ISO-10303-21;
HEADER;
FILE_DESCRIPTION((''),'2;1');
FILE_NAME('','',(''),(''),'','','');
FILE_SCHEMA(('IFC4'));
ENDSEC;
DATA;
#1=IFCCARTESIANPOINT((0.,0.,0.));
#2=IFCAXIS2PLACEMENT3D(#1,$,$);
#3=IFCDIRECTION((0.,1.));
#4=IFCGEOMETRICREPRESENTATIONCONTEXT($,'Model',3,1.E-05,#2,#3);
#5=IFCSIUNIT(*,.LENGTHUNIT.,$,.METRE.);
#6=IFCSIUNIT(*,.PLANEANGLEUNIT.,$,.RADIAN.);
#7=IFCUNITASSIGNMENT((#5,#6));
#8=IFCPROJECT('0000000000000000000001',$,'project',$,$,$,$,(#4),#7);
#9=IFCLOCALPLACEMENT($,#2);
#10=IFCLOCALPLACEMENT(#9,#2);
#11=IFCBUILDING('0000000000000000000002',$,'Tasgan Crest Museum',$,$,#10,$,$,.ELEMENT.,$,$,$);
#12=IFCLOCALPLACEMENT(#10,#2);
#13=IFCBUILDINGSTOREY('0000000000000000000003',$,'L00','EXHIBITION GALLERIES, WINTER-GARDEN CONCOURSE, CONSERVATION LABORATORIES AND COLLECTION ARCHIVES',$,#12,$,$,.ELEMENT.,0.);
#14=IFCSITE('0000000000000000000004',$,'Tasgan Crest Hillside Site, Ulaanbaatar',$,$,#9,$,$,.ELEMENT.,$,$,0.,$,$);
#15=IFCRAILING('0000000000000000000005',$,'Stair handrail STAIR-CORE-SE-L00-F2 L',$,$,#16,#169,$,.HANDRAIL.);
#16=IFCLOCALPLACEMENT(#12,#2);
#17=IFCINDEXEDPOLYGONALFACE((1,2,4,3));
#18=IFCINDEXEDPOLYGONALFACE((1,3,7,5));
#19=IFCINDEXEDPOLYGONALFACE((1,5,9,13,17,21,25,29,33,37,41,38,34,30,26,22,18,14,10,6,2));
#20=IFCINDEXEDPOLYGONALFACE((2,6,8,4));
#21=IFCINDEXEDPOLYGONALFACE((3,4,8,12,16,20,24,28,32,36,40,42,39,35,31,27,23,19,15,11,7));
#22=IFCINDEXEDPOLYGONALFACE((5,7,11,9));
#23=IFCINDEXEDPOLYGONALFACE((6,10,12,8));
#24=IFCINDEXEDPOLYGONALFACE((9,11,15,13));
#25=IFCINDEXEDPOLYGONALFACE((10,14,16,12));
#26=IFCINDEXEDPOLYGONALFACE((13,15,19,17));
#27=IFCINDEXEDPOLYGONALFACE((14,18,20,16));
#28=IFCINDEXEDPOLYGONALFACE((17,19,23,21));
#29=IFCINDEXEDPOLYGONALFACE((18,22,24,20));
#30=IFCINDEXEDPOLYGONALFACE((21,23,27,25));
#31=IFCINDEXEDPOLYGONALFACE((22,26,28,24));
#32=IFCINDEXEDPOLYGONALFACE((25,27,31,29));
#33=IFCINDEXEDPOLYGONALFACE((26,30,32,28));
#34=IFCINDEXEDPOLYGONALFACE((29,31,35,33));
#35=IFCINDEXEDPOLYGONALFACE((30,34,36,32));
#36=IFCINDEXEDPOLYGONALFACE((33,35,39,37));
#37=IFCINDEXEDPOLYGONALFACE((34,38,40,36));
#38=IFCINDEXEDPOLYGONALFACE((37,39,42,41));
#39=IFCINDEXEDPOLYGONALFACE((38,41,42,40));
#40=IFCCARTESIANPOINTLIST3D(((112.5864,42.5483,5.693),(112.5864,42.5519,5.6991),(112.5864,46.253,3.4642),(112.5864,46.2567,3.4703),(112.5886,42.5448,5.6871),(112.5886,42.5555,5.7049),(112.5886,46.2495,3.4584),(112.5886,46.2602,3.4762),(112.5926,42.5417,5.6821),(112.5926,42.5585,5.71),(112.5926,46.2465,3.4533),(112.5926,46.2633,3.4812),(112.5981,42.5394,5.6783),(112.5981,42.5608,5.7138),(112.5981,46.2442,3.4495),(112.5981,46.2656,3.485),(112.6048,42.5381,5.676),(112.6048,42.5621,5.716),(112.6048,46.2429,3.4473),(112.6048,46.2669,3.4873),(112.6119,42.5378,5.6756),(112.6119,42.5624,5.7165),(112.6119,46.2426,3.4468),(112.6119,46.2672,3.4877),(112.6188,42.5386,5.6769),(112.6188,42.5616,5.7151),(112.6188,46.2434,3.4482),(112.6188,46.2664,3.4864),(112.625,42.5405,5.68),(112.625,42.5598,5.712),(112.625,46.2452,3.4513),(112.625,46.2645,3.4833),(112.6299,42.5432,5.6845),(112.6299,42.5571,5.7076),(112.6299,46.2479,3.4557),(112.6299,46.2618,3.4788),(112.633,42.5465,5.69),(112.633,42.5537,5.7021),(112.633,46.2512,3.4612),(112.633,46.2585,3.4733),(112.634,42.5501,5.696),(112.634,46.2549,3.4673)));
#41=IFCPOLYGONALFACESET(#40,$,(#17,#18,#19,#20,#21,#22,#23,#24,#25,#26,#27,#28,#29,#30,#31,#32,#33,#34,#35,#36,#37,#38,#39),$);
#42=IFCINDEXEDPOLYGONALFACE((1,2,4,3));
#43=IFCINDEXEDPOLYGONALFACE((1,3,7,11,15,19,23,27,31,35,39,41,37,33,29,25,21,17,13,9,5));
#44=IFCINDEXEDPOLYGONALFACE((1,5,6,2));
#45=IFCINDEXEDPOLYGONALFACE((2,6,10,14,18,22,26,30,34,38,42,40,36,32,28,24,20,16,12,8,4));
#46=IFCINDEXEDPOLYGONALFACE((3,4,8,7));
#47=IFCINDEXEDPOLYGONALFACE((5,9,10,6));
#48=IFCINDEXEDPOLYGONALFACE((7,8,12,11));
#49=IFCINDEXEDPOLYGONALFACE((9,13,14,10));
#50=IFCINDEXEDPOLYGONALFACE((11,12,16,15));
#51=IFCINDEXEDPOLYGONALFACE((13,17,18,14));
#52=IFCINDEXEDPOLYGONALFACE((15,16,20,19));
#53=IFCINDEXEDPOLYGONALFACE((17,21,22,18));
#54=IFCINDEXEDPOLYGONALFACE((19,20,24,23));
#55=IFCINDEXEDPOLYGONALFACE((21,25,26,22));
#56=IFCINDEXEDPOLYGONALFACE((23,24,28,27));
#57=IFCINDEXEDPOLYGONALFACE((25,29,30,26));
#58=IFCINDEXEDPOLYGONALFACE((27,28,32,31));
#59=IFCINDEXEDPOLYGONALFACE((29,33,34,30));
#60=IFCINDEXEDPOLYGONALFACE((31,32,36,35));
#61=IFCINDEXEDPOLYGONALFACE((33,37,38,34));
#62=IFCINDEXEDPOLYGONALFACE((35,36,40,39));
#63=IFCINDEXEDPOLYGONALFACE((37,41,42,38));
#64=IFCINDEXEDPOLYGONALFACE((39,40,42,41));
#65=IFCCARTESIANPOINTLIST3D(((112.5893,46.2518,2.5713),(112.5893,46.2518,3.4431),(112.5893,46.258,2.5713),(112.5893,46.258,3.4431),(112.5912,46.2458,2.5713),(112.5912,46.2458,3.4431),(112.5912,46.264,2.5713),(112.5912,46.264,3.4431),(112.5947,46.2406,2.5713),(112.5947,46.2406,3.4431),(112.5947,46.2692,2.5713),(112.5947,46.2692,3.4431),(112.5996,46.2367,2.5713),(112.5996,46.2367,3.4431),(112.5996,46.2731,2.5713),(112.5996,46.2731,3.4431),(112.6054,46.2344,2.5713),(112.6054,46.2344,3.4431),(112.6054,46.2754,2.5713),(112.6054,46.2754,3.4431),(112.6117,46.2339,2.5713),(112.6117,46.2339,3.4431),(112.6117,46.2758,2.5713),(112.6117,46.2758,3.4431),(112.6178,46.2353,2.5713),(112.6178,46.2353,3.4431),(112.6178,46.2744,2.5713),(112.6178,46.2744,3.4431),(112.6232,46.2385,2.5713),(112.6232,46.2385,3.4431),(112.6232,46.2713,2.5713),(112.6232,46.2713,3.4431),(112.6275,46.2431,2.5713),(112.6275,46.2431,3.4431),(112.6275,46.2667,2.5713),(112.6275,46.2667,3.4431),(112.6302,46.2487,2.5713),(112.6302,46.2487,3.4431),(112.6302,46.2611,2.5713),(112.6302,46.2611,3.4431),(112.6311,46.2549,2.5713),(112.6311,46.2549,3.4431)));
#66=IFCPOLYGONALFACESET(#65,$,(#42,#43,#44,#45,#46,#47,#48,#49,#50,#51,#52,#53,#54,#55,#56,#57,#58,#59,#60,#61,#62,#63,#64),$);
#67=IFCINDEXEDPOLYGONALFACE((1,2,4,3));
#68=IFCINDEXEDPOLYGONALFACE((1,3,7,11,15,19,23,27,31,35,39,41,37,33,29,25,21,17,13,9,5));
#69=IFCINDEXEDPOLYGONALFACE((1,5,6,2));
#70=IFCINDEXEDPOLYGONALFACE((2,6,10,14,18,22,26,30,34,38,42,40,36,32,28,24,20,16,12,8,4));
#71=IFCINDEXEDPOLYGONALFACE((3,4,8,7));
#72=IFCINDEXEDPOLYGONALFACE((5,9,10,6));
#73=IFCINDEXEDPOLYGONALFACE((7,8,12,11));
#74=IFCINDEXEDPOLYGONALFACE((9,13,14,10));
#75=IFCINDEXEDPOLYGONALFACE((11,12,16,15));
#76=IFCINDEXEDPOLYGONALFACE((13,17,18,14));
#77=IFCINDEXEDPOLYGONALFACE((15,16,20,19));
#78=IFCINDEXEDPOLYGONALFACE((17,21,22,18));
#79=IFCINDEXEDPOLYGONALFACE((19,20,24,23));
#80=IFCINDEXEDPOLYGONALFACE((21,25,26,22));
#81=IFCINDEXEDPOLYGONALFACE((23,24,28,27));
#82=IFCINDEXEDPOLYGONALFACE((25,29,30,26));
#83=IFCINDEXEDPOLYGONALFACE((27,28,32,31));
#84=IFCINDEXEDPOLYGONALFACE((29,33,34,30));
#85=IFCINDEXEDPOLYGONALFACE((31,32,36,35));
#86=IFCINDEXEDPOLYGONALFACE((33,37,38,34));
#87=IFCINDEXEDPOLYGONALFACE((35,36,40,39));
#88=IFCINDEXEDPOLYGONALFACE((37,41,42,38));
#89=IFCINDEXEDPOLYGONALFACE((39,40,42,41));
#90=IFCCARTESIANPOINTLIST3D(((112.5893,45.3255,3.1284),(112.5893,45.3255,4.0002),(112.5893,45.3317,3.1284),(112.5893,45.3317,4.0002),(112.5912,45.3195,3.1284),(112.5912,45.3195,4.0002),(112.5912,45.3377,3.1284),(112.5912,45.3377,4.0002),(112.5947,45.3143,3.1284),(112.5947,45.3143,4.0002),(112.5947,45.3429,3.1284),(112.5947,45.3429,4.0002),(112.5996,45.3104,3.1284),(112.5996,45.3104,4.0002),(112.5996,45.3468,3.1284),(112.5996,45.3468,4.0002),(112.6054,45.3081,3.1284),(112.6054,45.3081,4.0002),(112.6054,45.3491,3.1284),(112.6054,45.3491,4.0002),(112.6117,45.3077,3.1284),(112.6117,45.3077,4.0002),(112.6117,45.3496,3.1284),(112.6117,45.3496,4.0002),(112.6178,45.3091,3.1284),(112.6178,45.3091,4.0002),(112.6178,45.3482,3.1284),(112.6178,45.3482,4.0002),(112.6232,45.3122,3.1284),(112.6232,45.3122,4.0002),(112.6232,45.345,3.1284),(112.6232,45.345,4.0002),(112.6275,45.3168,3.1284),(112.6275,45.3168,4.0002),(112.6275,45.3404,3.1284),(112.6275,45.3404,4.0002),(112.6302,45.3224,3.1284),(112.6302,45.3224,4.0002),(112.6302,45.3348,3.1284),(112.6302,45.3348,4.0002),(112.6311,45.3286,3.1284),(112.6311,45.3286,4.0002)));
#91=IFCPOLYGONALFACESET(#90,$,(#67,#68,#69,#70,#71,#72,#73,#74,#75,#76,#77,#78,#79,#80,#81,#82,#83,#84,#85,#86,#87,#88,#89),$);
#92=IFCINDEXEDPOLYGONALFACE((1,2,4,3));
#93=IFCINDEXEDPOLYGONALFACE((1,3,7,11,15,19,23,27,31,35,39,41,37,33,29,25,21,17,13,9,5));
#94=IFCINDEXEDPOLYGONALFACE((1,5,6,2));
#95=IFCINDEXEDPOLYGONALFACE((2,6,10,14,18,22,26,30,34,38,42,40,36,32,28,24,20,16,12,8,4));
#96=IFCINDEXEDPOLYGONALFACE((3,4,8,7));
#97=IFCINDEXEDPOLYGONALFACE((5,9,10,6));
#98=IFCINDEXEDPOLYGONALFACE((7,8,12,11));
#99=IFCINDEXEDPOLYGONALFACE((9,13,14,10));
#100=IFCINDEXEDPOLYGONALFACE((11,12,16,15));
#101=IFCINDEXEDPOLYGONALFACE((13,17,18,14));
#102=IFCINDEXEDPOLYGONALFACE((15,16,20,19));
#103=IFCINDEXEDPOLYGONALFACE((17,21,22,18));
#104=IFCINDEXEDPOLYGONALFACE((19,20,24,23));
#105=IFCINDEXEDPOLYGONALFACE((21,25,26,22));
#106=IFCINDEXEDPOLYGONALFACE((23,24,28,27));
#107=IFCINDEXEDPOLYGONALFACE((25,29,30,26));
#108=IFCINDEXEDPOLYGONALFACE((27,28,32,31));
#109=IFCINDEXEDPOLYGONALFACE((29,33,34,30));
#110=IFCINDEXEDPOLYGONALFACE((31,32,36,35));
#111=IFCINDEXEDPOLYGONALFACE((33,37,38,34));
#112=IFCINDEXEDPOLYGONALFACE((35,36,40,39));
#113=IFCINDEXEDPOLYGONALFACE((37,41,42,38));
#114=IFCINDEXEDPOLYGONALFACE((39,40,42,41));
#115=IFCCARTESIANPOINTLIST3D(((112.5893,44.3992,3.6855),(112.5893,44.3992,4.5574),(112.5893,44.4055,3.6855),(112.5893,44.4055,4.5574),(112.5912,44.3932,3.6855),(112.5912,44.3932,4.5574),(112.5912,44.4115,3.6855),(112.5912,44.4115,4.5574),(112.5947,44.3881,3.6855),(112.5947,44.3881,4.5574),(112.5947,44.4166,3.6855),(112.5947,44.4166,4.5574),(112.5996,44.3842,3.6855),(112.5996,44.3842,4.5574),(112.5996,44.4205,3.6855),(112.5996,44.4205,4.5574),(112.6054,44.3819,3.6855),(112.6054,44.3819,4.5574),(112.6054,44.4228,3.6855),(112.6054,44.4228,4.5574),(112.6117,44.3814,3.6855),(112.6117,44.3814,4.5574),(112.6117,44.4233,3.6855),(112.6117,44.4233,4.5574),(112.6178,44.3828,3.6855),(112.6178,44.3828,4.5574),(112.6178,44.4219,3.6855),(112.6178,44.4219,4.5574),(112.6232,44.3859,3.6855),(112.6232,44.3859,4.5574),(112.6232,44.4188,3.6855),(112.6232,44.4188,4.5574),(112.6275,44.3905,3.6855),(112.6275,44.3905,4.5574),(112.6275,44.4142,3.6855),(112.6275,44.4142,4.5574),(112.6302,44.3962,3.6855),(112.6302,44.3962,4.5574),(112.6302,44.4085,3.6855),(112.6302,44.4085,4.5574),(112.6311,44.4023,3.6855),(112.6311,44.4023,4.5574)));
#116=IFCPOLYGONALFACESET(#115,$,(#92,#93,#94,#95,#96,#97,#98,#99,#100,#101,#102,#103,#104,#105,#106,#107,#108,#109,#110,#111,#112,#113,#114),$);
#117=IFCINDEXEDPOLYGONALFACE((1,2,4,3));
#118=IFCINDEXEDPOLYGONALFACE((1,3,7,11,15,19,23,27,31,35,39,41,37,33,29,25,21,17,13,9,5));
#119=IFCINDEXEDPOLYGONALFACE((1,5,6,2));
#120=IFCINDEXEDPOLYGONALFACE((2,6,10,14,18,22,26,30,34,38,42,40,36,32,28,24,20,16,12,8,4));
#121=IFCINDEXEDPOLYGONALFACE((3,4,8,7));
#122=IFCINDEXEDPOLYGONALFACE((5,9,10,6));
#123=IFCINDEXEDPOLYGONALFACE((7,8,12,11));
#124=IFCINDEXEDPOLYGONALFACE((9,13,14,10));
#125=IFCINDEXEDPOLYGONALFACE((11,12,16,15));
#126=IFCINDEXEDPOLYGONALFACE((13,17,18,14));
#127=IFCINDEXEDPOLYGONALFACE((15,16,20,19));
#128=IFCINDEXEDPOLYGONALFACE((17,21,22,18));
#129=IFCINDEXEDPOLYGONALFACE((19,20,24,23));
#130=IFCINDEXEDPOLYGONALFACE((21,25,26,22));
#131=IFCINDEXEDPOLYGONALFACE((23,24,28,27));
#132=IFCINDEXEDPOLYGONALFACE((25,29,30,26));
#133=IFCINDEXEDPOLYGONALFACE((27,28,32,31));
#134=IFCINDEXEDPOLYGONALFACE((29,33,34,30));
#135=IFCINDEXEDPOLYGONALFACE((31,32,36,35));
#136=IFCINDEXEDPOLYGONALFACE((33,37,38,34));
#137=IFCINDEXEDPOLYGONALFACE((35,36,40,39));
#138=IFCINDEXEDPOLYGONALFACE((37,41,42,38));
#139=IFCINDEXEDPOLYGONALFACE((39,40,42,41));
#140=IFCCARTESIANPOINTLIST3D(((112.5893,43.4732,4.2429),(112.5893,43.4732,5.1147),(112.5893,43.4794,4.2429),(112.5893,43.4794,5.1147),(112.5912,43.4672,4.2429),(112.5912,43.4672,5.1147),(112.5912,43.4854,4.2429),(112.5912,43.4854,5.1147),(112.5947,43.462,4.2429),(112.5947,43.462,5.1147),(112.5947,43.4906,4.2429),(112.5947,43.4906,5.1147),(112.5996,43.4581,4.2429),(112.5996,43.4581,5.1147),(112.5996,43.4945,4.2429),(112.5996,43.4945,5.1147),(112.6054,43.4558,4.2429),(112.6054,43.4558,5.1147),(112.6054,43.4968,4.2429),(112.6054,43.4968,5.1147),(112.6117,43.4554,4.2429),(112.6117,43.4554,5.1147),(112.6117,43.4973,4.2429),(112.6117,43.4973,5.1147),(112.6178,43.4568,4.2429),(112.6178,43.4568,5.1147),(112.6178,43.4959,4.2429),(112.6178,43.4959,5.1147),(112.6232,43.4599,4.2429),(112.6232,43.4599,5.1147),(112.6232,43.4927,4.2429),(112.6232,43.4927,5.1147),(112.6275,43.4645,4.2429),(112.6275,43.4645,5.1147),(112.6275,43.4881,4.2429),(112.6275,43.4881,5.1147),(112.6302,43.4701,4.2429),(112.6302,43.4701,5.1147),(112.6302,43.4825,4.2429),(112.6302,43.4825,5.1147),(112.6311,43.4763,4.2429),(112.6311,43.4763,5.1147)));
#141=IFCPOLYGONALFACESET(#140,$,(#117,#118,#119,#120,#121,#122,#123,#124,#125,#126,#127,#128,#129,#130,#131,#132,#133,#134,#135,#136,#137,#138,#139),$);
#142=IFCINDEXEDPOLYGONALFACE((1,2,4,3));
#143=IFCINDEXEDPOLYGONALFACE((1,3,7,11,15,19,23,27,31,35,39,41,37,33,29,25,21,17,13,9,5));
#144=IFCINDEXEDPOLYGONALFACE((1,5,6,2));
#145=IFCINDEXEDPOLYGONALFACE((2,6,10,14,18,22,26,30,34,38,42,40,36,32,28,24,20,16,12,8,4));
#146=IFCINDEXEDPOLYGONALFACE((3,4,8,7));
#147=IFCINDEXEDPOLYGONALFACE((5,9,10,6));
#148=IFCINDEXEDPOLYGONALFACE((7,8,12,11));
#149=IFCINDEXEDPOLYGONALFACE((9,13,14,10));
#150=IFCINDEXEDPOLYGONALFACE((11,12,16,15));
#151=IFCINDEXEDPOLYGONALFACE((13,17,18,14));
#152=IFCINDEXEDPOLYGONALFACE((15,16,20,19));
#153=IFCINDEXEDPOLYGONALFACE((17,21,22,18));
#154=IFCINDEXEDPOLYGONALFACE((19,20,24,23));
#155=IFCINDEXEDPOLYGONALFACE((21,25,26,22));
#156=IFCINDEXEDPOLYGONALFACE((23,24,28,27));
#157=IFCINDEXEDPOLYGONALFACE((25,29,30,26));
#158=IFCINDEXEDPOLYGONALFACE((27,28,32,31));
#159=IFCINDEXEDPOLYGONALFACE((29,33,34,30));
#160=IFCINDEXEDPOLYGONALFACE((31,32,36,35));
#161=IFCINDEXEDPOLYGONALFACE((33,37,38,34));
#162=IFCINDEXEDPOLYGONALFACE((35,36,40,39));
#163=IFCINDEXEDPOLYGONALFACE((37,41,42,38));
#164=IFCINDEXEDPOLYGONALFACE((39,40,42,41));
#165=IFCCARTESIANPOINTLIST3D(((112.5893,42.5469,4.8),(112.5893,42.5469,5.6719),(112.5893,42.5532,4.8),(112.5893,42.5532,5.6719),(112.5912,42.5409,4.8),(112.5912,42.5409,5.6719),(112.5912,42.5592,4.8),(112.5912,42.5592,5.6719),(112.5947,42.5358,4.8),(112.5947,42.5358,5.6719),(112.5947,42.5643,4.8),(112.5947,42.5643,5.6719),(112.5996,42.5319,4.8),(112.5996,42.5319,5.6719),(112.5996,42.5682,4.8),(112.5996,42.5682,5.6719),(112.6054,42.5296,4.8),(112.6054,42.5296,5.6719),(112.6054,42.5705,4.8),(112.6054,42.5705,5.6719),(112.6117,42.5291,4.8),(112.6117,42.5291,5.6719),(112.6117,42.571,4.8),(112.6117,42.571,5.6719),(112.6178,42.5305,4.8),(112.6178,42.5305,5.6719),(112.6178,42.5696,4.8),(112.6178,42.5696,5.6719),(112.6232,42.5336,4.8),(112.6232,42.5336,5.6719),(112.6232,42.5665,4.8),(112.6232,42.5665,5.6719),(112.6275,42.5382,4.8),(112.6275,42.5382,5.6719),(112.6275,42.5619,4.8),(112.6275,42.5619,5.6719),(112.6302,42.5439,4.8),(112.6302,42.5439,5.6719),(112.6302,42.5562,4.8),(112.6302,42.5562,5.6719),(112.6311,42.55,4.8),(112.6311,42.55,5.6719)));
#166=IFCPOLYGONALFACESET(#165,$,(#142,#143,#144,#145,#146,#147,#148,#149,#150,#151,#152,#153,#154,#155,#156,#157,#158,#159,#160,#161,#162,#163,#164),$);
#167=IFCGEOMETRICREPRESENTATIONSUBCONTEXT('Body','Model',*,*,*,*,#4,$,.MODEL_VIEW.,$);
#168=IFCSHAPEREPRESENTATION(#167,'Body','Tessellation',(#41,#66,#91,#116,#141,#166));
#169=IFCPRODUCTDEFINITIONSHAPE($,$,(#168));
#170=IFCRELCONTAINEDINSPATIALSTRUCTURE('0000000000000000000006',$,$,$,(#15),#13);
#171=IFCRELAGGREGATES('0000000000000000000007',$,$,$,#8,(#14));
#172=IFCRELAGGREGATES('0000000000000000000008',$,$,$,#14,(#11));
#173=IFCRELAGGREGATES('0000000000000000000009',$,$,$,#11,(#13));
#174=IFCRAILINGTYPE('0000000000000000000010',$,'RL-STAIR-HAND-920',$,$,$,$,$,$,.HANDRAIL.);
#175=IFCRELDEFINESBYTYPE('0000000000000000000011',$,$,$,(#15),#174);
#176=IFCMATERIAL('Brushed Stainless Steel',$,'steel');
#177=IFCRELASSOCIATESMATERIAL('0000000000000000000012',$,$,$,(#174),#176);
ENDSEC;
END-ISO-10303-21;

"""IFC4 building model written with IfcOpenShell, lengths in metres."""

from ifc_helpers import new_model, si_unit, direction, frame, origin, origin_2d, place, context, subcontext, project, spatial, circle, extrude, material, type_object, element, save


model = new_model("IFC4")

# Units and contexts
model_context = context("Model", 3, precision=1e-05, world=origin(), true_north=direction((0.0, 1.0)))
body_context = subcontext(model_context, "Body", "Model", "MODEL_VIEW")
ifc_project = project(units=[si_unit("LENGTHUNIT", "METRE"), si_unit("PLANEANGLEUNIT", "RADIAN")], contexts=[model_context])

# Site, building, storey
site_placement = place(None, origin())
site = spatial("IfcSite", under=ifc_project, at=site_placement, Name="Tasgan Crest Hillside Site, Ulaanbaatar", CompositionType="ELEMENT", RefElevation=0.0)
building_placement = place(site_placement, origin())
building = spatial("IfcBuilding", under=site, at=building_placement, Name="Tasgan Crest Museum", CompositionType="ELEMENT")
storey_placement = place(building_placement, origin())
storey = spatial("IfcBuildingStorey", under=building, at=storey_placement, Name="L00", Description="EXHIBITION GALLERIES, WINTER-GARDEN CONCOURSE, CONSERVATION LABORATORIES AND COLLECTION ARCHIVES", CompositionType="ELEMENT", Elevation=0.0)

# Railing
ifc_material_1 = material(Name="Brushed Stainless Steel", Category="steel")
railing_type_1 = type_object("IfcRailingType", Name="RL-STAIR-HAND-920", PredefinedType="HANDRAIL", material=ifc_material_1)
for number, where, name in (
    (1, (112.6101, 46.2549, 2.5713), "Stair handrail STAIR-CORE-SE-L00-F2 L"),
):
    element("IfcRailing", number, at=place(storey_placement, frame(where)), inside=storey, type_object=railing_type_1, Name=name, PredefinedType="HANDRAIL", context=body_context, shape_type="SweptSolid", body=[
        extrude(circle(Radius=0.0239, at=origin_2d()), frame((0.0, 0.0, 0.896), z_axis=(0.0, -0.856894, 0.515492), x_axis=(1.0, 0.0, 0.0)), (0.0, 0.0, 1.0), 4.3235),
        extrude(circle(Radius=0.021, at=origin_2d()), origin(), (0.0, 0.0, 1.0), 0.8718),
        extrude(circle(Radius=0.021, at=origin_2d()), frame((0.0, -0.9263, 0.5571)), (0.0, 0.0, 1.0), 0.8718),
        extrude(circle(Radius=0.021, at=origin_2d()), frame((0.0, -1.8525, 1.1143)), (0.0, 0.0, 1.0), 0.8718),
        extrude(circle(Radius=0.021, at=origin_2d()), frame((0.0, -2.7786, 1.6716)), (0.0, 0.0, 1.0), 0.8718),
        extrude(circle(Radius=0.021, at=origin_2d()), frame((0.0, -3.7048, 2.2288)), (0.0, 0.0, 1.0), 0.8718),
    ])

save(model, "model.ifc")
